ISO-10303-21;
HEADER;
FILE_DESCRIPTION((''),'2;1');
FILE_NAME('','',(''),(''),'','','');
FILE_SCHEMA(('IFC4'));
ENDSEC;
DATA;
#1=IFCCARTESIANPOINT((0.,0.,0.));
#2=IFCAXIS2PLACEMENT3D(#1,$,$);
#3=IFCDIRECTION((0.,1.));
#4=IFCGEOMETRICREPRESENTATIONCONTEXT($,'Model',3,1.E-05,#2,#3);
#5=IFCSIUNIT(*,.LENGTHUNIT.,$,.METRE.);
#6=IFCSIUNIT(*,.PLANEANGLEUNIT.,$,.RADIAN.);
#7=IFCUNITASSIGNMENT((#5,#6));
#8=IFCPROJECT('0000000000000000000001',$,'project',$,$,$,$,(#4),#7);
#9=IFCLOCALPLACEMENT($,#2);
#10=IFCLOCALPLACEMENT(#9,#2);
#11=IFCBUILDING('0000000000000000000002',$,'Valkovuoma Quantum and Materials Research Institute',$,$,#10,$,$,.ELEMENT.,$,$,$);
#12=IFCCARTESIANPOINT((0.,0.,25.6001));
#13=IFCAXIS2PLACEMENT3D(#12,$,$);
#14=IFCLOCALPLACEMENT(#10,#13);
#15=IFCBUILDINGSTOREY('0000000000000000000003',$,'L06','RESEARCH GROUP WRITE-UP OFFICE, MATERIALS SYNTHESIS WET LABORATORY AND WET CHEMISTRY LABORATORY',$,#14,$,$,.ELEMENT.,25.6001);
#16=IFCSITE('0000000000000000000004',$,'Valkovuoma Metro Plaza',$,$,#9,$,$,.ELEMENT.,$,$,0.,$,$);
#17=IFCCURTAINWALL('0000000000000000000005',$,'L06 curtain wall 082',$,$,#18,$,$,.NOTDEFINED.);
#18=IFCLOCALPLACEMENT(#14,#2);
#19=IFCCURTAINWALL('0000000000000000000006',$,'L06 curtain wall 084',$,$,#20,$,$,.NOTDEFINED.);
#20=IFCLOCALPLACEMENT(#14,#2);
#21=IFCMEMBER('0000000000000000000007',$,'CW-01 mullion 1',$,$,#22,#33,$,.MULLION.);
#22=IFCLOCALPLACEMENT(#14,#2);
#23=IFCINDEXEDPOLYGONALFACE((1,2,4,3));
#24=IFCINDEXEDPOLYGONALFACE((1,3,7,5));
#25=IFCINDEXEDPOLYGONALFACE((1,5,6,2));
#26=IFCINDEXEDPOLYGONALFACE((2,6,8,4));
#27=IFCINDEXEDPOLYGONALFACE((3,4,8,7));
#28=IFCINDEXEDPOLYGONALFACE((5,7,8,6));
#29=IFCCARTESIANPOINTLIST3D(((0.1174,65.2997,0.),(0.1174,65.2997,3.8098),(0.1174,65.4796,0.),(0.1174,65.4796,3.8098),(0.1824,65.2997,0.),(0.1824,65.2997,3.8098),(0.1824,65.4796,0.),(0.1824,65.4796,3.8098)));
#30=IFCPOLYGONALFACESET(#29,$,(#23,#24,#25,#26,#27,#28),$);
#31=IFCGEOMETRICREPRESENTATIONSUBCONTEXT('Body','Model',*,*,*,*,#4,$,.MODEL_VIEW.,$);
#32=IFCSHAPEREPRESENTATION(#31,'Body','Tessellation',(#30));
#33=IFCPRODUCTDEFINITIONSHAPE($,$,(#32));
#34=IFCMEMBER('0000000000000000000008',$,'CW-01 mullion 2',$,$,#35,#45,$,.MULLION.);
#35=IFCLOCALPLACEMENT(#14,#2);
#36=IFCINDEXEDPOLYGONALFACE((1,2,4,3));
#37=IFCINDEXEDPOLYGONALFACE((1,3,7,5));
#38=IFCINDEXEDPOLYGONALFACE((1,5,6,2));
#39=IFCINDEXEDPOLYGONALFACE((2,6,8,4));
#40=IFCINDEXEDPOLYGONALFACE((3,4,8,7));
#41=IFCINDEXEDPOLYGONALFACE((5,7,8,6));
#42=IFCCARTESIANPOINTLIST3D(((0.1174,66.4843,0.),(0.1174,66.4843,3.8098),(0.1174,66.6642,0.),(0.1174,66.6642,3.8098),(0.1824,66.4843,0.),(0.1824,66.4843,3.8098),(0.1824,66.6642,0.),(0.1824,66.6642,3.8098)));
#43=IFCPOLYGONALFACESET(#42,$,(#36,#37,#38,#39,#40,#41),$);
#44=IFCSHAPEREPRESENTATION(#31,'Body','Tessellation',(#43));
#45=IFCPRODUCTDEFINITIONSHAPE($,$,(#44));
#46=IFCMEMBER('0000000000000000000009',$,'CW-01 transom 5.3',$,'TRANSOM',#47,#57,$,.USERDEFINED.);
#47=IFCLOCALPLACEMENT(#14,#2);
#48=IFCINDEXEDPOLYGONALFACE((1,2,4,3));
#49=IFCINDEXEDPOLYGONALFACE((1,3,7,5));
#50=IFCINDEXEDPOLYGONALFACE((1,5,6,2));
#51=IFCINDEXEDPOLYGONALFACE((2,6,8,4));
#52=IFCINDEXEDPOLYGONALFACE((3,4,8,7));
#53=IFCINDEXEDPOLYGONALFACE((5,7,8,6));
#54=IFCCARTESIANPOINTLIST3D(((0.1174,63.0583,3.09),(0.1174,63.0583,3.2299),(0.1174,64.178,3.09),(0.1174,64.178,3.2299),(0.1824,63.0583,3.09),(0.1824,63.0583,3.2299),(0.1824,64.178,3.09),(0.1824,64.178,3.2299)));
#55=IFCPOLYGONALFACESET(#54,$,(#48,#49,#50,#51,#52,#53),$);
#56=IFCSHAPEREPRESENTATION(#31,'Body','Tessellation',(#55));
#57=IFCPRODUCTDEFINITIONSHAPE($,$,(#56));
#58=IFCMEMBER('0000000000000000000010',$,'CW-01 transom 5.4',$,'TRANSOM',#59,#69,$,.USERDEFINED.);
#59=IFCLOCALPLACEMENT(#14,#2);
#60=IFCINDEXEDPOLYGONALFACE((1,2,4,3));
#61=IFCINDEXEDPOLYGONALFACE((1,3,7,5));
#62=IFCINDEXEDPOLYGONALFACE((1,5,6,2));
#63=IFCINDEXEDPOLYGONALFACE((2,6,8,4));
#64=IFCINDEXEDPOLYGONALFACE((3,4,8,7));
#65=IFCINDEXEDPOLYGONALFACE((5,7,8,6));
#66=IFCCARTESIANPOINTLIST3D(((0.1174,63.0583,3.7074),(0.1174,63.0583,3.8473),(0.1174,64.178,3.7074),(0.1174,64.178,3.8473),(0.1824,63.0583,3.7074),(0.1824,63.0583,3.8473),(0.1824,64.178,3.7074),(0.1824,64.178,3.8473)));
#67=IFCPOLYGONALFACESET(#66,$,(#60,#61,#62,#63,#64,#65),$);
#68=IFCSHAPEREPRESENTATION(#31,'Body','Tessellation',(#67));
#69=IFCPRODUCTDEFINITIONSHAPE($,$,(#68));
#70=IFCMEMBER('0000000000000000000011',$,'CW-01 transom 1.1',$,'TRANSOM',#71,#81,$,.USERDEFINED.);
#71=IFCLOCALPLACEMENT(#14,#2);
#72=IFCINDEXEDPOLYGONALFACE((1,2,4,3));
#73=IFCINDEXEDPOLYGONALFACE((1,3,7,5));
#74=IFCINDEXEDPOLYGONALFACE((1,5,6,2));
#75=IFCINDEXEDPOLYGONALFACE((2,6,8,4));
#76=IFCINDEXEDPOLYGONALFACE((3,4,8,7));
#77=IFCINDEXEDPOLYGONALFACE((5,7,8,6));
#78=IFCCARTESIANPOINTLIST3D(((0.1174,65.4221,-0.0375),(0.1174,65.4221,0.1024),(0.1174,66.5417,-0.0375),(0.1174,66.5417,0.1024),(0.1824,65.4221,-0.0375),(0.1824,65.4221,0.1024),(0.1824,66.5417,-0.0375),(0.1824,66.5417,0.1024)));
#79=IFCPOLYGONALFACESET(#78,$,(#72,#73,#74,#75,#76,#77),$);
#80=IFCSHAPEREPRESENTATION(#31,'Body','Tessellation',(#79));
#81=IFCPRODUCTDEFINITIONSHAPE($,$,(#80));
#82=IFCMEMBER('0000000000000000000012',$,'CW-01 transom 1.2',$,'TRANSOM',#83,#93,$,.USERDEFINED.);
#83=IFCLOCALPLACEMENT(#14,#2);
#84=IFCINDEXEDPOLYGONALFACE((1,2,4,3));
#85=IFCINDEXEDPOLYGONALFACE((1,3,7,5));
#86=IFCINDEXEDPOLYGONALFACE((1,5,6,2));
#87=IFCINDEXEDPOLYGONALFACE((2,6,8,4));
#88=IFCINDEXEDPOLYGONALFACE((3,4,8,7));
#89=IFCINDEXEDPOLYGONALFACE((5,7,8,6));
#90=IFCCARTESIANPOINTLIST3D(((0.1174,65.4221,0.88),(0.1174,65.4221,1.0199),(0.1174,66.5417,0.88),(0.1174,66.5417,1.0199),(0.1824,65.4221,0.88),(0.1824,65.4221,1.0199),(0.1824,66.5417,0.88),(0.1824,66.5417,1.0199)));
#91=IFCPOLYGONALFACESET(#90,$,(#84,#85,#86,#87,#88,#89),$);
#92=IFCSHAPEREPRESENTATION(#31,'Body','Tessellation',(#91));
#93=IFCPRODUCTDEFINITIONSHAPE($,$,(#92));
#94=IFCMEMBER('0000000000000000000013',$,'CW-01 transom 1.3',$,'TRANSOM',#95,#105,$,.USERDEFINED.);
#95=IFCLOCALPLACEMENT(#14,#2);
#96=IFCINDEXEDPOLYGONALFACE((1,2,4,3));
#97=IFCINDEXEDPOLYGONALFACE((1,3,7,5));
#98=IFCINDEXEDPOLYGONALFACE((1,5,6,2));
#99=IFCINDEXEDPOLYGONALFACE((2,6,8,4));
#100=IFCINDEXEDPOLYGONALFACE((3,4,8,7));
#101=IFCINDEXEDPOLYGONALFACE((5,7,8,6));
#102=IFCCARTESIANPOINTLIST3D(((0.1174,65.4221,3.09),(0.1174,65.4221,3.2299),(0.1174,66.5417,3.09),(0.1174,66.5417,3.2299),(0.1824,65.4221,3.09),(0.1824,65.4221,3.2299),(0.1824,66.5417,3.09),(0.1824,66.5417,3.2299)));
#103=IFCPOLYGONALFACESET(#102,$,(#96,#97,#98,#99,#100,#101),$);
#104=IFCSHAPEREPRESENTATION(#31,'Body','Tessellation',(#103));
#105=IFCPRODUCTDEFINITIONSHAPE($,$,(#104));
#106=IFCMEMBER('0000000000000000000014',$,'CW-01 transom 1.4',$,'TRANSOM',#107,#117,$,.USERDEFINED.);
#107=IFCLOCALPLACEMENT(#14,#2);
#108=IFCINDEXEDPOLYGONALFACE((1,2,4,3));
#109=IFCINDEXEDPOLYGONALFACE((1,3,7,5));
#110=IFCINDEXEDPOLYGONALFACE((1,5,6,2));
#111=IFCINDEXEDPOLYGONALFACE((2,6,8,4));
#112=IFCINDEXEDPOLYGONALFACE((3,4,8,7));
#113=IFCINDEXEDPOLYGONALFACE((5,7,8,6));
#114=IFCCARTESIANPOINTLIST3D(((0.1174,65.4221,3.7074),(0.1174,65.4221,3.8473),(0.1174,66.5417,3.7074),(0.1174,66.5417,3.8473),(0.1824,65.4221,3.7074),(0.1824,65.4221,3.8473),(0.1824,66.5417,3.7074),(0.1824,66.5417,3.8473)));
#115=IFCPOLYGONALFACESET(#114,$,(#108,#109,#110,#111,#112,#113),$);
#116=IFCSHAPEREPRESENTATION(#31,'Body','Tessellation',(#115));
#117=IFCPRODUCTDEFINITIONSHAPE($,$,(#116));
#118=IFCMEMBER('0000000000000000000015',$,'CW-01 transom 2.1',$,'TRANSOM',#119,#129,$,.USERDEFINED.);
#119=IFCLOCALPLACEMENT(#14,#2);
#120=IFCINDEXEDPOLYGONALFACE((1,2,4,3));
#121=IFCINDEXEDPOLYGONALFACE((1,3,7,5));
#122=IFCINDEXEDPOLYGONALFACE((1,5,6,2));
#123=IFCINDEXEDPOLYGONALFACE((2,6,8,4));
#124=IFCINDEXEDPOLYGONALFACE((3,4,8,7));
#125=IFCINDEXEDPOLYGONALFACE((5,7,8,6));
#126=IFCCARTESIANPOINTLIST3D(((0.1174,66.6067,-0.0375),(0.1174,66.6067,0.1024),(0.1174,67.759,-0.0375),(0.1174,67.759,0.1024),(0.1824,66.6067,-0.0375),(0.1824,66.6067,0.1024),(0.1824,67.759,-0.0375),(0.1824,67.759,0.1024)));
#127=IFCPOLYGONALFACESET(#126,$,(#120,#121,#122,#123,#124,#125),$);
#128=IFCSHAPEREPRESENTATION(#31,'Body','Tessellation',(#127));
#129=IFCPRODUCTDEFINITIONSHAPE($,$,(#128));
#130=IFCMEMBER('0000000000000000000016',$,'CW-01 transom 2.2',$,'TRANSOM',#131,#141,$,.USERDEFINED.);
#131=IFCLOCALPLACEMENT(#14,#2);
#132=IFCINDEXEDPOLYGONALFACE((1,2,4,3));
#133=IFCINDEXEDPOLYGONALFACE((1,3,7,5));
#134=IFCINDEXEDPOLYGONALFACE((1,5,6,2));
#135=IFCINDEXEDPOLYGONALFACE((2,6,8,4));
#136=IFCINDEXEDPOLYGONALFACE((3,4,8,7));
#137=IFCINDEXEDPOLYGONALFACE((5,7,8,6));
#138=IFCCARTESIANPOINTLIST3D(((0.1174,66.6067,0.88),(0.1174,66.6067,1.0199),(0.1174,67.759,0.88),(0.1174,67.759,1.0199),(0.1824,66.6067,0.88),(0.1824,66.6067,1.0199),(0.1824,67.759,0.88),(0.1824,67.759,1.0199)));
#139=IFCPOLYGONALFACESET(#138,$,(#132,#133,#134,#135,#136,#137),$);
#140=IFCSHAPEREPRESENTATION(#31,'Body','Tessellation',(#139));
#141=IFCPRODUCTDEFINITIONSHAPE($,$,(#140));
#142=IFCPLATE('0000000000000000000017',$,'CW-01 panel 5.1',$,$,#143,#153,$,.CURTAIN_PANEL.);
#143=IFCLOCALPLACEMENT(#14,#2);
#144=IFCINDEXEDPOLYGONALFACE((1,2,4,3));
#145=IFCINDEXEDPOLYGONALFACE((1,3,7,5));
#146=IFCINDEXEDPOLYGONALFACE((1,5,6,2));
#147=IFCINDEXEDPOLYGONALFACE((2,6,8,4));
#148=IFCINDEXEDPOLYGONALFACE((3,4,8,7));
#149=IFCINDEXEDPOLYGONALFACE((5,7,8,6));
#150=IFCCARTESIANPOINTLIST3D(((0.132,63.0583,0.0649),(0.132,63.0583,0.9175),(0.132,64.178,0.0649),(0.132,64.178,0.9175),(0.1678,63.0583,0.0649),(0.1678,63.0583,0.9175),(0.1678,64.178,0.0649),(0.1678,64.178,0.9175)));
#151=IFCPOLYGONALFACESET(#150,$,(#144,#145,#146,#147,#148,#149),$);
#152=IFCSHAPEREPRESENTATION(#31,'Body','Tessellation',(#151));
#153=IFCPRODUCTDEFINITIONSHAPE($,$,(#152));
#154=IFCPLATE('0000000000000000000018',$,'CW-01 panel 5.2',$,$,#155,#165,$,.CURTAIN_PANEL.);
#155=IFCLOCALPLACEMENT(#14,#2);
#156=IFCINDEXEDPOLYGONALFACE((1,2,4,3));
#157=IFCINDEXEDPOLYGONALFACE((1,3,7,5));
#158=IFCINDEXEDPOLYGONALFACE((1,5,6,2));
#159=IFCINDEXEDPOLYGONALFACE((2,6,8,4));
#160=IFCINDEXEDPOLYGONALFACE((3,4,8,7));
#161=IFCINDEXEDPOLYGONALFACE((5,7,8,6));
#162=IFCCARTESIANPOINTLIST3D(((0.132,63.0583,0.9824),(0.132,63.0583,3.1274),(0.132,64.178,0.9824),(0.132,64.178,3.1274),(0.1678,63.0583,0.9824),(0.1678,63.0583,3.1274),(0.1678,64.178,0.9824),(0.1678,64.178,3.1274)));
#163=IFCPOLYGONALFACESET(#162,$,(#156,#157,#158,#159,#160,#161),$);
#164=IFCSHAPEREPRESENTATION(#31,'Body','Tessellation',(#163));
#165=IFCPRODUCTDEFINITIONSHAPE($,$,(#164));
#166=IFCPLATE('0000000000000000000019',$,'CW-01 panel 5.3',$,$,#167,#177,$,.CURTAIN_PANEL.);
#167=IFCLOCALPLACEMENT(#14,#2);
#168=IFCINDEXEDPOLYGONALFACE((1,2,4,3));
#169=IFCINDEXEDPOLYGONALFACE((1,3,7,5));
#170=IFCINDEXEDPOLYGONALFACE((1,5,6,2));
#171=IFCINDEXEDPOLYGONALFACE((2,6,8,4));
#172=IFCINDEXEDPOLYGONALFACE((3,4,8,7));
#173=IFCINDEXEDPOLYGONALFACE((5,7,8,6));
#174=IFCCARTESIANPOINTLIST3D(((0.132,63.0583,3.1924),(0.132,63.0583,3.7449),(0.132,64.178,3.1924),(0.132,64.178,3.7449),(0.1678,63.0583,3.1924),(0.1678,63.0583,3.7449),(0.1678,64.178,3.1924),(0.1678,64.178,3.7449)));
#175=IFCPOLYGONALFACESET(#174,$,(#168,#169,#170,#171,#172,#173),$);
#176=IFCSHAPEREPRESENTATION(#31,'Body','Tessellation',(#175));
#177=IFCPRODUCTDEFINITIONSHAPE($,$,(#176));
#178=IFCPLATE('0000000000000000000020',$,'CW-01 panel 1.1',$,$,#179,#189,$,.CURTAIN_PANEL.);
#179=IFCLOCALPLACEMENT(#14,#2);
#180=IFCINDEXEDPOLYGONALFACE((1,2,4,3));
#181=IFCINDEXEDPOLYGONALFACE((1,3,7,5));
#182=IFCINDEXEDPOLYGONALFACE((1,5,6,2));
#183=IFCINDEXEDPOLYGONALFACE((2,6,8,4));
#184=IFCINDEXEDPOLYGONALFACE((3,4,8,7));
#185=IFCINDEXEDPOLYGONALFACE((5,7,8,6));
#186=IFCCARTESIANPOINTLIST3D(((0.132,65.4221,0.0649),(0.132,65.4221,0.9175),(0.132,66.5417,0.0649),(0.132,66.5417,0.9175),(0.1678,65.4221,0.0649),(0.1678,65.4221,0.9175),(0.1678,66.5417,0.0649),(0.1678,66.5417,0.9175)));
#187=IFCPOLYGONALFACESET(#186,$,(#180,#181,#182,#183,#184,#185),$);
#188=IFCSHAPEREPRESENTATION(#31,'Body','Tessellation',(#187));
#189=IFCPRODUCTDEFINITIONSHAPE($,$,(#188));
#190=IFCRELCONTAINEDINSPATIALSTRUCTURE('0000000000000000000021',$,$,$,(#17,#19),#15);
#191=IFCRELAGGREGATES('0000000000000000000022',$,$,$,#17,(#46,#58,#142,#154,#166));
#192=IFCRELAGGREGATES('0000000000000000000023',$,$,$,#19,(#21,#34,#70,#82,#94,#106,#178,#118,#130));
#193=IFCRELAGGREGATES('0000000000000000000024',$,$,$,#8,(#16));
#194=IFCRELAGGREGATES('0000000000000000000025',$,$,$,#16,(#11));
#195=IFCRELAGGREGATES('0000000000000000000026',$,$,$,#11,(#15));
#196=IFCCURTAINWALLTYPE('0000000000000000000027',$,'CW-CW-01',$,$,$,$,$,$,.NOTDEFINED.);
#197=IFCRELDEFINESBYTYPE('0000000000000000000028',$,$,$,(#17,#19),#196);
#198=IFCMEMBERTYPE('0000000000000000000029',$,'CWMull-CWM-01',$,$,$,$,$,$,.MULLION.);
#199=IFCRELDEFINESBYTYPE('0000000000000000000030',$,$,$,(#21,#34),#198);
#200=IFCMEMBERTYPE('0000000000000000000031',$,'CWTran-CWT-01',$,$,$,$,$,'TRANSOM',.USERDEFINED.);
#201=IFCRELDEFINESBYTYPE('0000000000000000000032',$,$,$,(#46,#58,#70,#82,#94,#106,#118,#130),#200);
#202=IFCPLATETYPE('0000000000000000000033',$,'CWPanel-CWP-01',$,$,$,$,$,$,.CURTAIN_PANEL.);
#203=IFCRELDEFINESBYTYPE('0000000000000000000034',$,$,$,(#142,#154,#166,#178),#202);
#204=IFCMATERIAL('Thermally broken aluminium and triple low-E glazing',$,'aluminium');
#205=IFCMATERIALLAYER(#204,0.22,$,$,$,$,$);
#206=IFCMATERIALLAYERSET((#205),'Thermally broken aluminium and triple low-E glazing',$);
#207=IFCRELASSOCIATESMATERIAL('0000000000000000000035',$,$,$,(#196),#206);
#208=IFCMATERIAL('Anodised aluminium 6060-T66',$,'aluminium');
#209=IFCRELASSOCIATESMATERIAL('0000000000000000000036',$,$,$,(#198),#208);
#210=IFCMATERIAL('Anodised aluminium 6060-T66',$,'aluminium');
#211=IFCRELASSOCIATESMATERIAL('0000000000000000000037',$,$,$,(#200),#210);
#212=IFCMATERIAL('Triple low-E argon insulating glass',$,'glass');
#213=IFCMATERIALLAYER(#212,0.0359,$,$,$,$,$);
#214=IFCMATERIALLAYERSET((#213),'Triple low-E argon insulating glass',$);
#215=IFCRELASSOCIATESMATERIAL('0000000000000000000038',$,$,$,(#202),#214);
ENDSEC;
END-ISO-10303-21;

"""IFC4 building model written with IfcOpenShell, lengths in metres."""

from ifc_helpers import new_model, si_unit, direction, frame, origin, origin_2d, place, context, subcontext, project, spatial, rectangle, extrude, material, layer, layer_set, material_profile, profile_set, type_object, element, aggregate, save


model = new_model("IFC4")

# Units and contexts
model_context = context("Model", 3, precision=1e-05, world=origin(), true_north=direction((0.0, 1.0)))
body_context = subcontext(model_context, "Body", "Model", "MODEL_VIEW")
ifc_project = project(units=[si_unit("LENGTHUNIT", "METRE"), si_unit("PLANEANGLEUNIT", "RADIAN")], contexts=[model_context])

# Site, building, storey
site_placement = place(None, origin())
site = spatial("IfcSite", under=ifc_project, at=site_placement, Name="Valkovuoma Metro Plaza", CompositionType="ELEMENT", RefElevation=0.0)
building_placement = place(site_placement, origin())
building = spatial("IfcBuilding", under=site, at=building_placement, Name="Valkovuoma Quantum and Materials Research Institute", CompositionType="ELEMENT")
storey_placement = place(building_placement, frame((0.0, 0.0, 25.6001)))
storey = spatial("IfcBuildingStorey", under=building, at=storey_placement, Name="L06", Description="RESEARCH GROUP WRITE-UP OFFICE, MATERIALS SYNTHESIS WET LABORATORY AND WET CHEMISTRY LABORATORY", CompositionType="ELEMENT", Elevation=25.6001)

# Curtain wall
ifc_material_1 = material(Name="Thermally broken aluminium and triple low-E glazing", Category="aluminium")
ifc_layer_1 = layer(ifc_material_1, 0.22)
ifc_layer_set_1 = layer_set([ifc_layer_1], Name="Thermally broken aluminium and triple low-E glazing")
curtain_wall_type = type_object("IfcCurtainWallType", Name="CW-CW-01", PredefinedType="NOTDEFINED", material=ifc_layer_set_1)
curtain_wall_1_placement = place(storey_placement, origin())
curtain_wall_1 = element("IfcCurtainWall", 1, at=curtain_wall_1_placement, inside=storey, type_object=curtain_wall_type, Name="L06 curtain wall 082", PredefinedType="NOTDEFINED")
ifc_material_2 = material(Name="Anodised aluminium 6060-T66", Category="aluminium")
ifc_material_profile_1 = material_profile(ifc_material_2, rectangle(XDim=0.0649, YDim=0.1799, at=origin_2d()), Name="Anodised aluminium 6060-T66")
ifc_profile_set_1 = profile_set([ifc_material_profile_1], Name="Anodised aluminium 6060-T66")
member_type_1 = type_object("IfcMemberType", Name="CWMull-CWM-01", PredefinedType="MULLION", material=ifc_profile_set_1)

# Curtain wall, members
curtain_wall_2_placement = place(storey_placement, origin())
curtain_wall_2 = element("IfcCurtainWall", 2, at=curtain_wall_2_placement, inside=storey, type_object=curtain_wall_type, Name="L06 curtain wall 084", PredefinedType="NOTDEFINED")
member_1_placement = place(storey_placement, frame((0.1499, 65.3896, 0.0), z_axis=(0.0, 0.0, 1.0), x_axis=(-1.0, 0.0, 0.0)))
member_1 = element("IfcMember", 3, at=member_1_placement, type_object=member_type_1, Name="CW-01 mullion 1", PredefinedType="MULLION", context=body_context, shape_type="SweptSolid", body=[
    extrude(rectangle(XDim=0.0649, YDim=0.1799, at=origin_2d()), origin(), (0.0, 0.0, 1.0), 3.8098),
])
member_2_placement = place(storey_placement, frame((0.1499, 66.5742, 0.0), z_axis=(0.0, 0.0, 1.0), x_axis=(-1.0, 0.0, 0.0)))
member_2 = element("IfcMember", 4, at=member_2_placement, type_object=member_type_1, Name="CW-01 mullion 2", PredefinedType="MULLION", context=body_context, shape_type="SweptSolid", body=[
    extrude(rectangle(XDim=0.0649, YDim=0.1799, at=origin_2d()), origin(), (0.0, 0.0, 1.0), 3.8098),
])

# Members
ifc_material_3 = material(Name="Anodised aluminium 6060-T66", Category="aluminium")
ifc_material_profile_2 = material_profile(ifc_material_3, rectangle(XDim=0.0649, YDim=0.1399, at=origin_2d()), Name="Anodised aluminium 6060-T66")
ifc_profile_set_2 = profile_set([ifc_material_profile_2], Name="Anodised aluminium 6060-T66")
member_type_2 = type_object("IfcMemberType", Name="CWTran-CWT-01", ElementType="TRANSOM", PredefinedType="USERDEFINED", material=ifc_profile_set_2)
member_3_placement = place(storey_placement, frame((0.1499, 63.0583, 3.1599), z_axis=(0.0, 1.0, 0.0), x_axis=(-1.0, 0.0, 0.0)))
member_3 = element("IfcMember", 5, at=member_3_placement, type_object=member_type_2, Name="CW-01 transom 5.3", ObjectType="TRANSOM", PredefinedType="USERDEFINED", context=body_context, shape_type="SweptSolid", body=[
    extrude(rectangle(XDim=0.0649, YDim=0.1399, at=origin_2d()), origin(), (0.0, 0.0, 1.0), 1.1196),
])
member_4_placement = place(storey_placement, frame((0.1499, 63.0583, 3.7773), z_axis=(0.0, 1.0, 0.0), x_axis=(-1.0, 0.0, 0.0)))
member_4 = element("IfcMember", 6, at=member_4_placement, type_object=member_type_2, Name="CW-01 transom 5.4", ObjectType="TRANSOM", PredefinedType="USERDEFINED", context=body_context, shape_type="SweptSolid", body=[
    extrude(rectangle(XDim=0.0649, YDim=0.1399, at=origin_2d()), origin(), (0.0, 0.0, 1.0), 1.1196),
])
member_5_placement = place(storey_placement, frame((0.1499, 65.4221, 0.0325), z_axis=(0.0, 1.0, 0.0), x_axis=(-1.0, 0.0, 0.0)))
member_5 = element("IfcMember", 7, at=member_5_placement, type_object=member_type_2, Name="CW-01 transom 1.1", ObjectType="TRANSOM", PredefinedType="USERDEFINED", context=body_context, shape_type="SweptSolid", body=[
    extrude(rectangle(XDim=0.0649, YDim=0.1399, at=origin_2d()), origin(), (0.0, 0.0, 1.0), 1.1196),
])
member_6_placement = place(storey_placement, frame((0.1499, 65.4221, 0.95), z_axis=(0.0, 1.0, 0.0), x_axis=(-1.0, 0.0, 0.0)))
member_6 = element("IfcMember", 8, at=member_6_placement, type_object=member_type_2, Name="CW-01 transom 1.2", ObjectType="TRANSOM", PredefinedType="USERDEFINED", context=body_context, shape_type="SweptSolid", body=[
    extrude(rectangle(XDim=0.0649, YDim=0.1399, at=origin_2d()), origin(), (0.0, 0.0, 1.0), 1.1196),
])
member_7_placement = place(storey_placement, frame((0.1499, 65.4221, 3.1599), z_axis=(0.0, 1.0, 0.0), x_axis=(-1.0, 0.0, 0.0)))
member_7 = element("IfcMember", 9, at=member_7_placement, type_object=member_type_2, Name="CW-01 transom 1.3", ObjectType="TRANSOM", PredefinedType="USERDEFINED", context=body_context, shape_type="SweptSolid", body=[
    extrude(rectangle(XDim=0.0649, YDim=0.1399, at=origin_2d()), origin(), (0.0, 0.0, 1.0), 1.1196),
])
member_8_placement = place(storey_placement, frame((0.1499, 65.4221, 3.7773), z_axis=(0.0, 1.0, 0.0), x_axis=(-1.0, 0.0, 0.0)))
member_8 = element("IfcMember", 10, at=member_8_placement, type_object=member_type_2, Name="CW-01 transom 1.4", ObjectType="TRANSOM", PredefinedType="USERDEFINED", context=body_context, shape_type="SweptSolid", body=[
    extrude(rectangle(XDim=0.0649, YDim=0.1399, at=origin_2d()), origin(), (0.0, 0.0, 1.0), 1.1196),
])
member_9_placement = place(storey_placement, frame((0.1499, 66.6067, 0.0325), z_axis=(0.0, 1.0, 0.0), x_axis=(-1.0, 0.0, 0.0)))
member_9 = element("IfcMember", 11, at=member_9_placement, type_object=member_type_2, Name="CW-01 transom 2.1", ObjectType="TRANSOM", PredefinedType="USERDEFINED", context=body_context, shape_type="SweptSolid", body=[
    extrude(rectangle(XDim=0.0649, YDim=0.1399, at=origin_2d()), origin(), (0.0, 0.0, 1.0), 1.1523),
])
member_10_placement = place(storey_placement, frame((0.1499, 66.6067, 0.95), z_axis=(0.0, 1.0, 0.0), x_axis=(-1.0, 0.0, 0.0)))
member_10 = element("IfcMember", 12, at=member_10_placement, type_object=member_type_2, Name="CW-01 transom 2.2", ObjectType="TRANSOM", PredefinedType="USERDEFINED", context=body_context, shape_type="SweptSolid", body=[
    extrude(rectangle(XDim=0.0649, YDim=0.1399, at=origin_2d()), origin(), (0.0, 0.0, 1.0), 1.1523),
])

# Plates
ifc_material_4 = material(Name="Triple low-E argon insulating glass", Category="glass")
ifc_layer_2 = layer(ifc_material_4, 0.0359)
ifc_layer_set_2 = layer_set([ifc_layer_2], Name="Triple low-E argon insulating glass")
plate_type = type_object("IfcPlateType", Name="CWPanel-CWP-01", PredefinedType="CURTAIN_PANEL", material=ifc_layer_set_2)
plate_1_placement = place(storey_placement, frame((0.1499, 63.6182, 0.0649), z_axis=(0.0, 0.0, 1.0), x_axis=(0.0, 1.0, 0.0)))
plate_1 = element("IfcPlate", 13, at=plate_1_placement, type_object=plate_type, Name="CW-01 panel 5.1", PredefinedType="CURTAIN_PANEL", context=body_context, shape_type="SweptSolid", body=[
    extrude(rectangle(XDim=1.1196, YDim=0.0359, at=origin_2d()), origin(), (0.0, 0.0, 1.0), 0.8525),
])
plate_2_placement = place(storey_placement, frame((0.1499, 63.6182, 0.9824), z_axis=(0.0, 0.0, 1.0), x_axis=(0.0, 1.0, 0.0)))
plate_2 = element("IfcPlate", 14, at=plate_2_placement, type_object=plate_type, Name="CW-01 panel 5.2", PredefinedType="CURTAIN_PANEL", context=body_context, shape_type="SweptSolid", body=[
    extrude(rectangle(XDim=1.1196, YDim=0.0359, at=origin_2d()), origin(), (0.0, 0.0, 1.0), 2.145),
])
plate_3_placement = place(storey_placement, frame((0.1499, 63.6182, 3.1924), z_axis=(0.0, 0.0, 1.0), x_axis=(0.0, 1.0, 0.0)))
plate_3 = element("IfcPlate", 15, at=plate_3_placement, type_object=plate_type, Name="CW-01 panel 5.3", PredefinedType="CURTAIN_PANEL", context=body_context, shape_type="SweptSolid", body=[
    extrude(rectangle(XDim=1.1196, YDim=0.0359, at=origin_2d()), origin(), (0.0, 0.0, 1.0), 0.5525),
])
aggregate(curtain_wall_1, [member_3, member_4, plate_1, plate_2, plate_3])
plate_4_placement = place(storey_placement, frame((0.1499, 65.9819, 0.0649), z_axis=(0.0, 0.0, 1.0), x_axis=(0.0, 1.0, 0.0)))
plate_4 = element("IfcPlate", 16, at=plate_4_placement, type_object=plate_type, Name="CW-01 panel 1.1", PredefinedType="CURTAIN_PANEL", context=body_context, shape_type="SweptSolid", body=[
    extrude(rectangle(XDim=1.1196, YDim=0.0359, at=origin_2d()), origin(), (0.0, 0.0, 1.0), 0.8525),
])
aggregate(curtain_wall_2, [member_1, member_2, member_5, member_6, member_7, member_8, plate_4, member_9, member_10])

save(model, "model.ifc")
